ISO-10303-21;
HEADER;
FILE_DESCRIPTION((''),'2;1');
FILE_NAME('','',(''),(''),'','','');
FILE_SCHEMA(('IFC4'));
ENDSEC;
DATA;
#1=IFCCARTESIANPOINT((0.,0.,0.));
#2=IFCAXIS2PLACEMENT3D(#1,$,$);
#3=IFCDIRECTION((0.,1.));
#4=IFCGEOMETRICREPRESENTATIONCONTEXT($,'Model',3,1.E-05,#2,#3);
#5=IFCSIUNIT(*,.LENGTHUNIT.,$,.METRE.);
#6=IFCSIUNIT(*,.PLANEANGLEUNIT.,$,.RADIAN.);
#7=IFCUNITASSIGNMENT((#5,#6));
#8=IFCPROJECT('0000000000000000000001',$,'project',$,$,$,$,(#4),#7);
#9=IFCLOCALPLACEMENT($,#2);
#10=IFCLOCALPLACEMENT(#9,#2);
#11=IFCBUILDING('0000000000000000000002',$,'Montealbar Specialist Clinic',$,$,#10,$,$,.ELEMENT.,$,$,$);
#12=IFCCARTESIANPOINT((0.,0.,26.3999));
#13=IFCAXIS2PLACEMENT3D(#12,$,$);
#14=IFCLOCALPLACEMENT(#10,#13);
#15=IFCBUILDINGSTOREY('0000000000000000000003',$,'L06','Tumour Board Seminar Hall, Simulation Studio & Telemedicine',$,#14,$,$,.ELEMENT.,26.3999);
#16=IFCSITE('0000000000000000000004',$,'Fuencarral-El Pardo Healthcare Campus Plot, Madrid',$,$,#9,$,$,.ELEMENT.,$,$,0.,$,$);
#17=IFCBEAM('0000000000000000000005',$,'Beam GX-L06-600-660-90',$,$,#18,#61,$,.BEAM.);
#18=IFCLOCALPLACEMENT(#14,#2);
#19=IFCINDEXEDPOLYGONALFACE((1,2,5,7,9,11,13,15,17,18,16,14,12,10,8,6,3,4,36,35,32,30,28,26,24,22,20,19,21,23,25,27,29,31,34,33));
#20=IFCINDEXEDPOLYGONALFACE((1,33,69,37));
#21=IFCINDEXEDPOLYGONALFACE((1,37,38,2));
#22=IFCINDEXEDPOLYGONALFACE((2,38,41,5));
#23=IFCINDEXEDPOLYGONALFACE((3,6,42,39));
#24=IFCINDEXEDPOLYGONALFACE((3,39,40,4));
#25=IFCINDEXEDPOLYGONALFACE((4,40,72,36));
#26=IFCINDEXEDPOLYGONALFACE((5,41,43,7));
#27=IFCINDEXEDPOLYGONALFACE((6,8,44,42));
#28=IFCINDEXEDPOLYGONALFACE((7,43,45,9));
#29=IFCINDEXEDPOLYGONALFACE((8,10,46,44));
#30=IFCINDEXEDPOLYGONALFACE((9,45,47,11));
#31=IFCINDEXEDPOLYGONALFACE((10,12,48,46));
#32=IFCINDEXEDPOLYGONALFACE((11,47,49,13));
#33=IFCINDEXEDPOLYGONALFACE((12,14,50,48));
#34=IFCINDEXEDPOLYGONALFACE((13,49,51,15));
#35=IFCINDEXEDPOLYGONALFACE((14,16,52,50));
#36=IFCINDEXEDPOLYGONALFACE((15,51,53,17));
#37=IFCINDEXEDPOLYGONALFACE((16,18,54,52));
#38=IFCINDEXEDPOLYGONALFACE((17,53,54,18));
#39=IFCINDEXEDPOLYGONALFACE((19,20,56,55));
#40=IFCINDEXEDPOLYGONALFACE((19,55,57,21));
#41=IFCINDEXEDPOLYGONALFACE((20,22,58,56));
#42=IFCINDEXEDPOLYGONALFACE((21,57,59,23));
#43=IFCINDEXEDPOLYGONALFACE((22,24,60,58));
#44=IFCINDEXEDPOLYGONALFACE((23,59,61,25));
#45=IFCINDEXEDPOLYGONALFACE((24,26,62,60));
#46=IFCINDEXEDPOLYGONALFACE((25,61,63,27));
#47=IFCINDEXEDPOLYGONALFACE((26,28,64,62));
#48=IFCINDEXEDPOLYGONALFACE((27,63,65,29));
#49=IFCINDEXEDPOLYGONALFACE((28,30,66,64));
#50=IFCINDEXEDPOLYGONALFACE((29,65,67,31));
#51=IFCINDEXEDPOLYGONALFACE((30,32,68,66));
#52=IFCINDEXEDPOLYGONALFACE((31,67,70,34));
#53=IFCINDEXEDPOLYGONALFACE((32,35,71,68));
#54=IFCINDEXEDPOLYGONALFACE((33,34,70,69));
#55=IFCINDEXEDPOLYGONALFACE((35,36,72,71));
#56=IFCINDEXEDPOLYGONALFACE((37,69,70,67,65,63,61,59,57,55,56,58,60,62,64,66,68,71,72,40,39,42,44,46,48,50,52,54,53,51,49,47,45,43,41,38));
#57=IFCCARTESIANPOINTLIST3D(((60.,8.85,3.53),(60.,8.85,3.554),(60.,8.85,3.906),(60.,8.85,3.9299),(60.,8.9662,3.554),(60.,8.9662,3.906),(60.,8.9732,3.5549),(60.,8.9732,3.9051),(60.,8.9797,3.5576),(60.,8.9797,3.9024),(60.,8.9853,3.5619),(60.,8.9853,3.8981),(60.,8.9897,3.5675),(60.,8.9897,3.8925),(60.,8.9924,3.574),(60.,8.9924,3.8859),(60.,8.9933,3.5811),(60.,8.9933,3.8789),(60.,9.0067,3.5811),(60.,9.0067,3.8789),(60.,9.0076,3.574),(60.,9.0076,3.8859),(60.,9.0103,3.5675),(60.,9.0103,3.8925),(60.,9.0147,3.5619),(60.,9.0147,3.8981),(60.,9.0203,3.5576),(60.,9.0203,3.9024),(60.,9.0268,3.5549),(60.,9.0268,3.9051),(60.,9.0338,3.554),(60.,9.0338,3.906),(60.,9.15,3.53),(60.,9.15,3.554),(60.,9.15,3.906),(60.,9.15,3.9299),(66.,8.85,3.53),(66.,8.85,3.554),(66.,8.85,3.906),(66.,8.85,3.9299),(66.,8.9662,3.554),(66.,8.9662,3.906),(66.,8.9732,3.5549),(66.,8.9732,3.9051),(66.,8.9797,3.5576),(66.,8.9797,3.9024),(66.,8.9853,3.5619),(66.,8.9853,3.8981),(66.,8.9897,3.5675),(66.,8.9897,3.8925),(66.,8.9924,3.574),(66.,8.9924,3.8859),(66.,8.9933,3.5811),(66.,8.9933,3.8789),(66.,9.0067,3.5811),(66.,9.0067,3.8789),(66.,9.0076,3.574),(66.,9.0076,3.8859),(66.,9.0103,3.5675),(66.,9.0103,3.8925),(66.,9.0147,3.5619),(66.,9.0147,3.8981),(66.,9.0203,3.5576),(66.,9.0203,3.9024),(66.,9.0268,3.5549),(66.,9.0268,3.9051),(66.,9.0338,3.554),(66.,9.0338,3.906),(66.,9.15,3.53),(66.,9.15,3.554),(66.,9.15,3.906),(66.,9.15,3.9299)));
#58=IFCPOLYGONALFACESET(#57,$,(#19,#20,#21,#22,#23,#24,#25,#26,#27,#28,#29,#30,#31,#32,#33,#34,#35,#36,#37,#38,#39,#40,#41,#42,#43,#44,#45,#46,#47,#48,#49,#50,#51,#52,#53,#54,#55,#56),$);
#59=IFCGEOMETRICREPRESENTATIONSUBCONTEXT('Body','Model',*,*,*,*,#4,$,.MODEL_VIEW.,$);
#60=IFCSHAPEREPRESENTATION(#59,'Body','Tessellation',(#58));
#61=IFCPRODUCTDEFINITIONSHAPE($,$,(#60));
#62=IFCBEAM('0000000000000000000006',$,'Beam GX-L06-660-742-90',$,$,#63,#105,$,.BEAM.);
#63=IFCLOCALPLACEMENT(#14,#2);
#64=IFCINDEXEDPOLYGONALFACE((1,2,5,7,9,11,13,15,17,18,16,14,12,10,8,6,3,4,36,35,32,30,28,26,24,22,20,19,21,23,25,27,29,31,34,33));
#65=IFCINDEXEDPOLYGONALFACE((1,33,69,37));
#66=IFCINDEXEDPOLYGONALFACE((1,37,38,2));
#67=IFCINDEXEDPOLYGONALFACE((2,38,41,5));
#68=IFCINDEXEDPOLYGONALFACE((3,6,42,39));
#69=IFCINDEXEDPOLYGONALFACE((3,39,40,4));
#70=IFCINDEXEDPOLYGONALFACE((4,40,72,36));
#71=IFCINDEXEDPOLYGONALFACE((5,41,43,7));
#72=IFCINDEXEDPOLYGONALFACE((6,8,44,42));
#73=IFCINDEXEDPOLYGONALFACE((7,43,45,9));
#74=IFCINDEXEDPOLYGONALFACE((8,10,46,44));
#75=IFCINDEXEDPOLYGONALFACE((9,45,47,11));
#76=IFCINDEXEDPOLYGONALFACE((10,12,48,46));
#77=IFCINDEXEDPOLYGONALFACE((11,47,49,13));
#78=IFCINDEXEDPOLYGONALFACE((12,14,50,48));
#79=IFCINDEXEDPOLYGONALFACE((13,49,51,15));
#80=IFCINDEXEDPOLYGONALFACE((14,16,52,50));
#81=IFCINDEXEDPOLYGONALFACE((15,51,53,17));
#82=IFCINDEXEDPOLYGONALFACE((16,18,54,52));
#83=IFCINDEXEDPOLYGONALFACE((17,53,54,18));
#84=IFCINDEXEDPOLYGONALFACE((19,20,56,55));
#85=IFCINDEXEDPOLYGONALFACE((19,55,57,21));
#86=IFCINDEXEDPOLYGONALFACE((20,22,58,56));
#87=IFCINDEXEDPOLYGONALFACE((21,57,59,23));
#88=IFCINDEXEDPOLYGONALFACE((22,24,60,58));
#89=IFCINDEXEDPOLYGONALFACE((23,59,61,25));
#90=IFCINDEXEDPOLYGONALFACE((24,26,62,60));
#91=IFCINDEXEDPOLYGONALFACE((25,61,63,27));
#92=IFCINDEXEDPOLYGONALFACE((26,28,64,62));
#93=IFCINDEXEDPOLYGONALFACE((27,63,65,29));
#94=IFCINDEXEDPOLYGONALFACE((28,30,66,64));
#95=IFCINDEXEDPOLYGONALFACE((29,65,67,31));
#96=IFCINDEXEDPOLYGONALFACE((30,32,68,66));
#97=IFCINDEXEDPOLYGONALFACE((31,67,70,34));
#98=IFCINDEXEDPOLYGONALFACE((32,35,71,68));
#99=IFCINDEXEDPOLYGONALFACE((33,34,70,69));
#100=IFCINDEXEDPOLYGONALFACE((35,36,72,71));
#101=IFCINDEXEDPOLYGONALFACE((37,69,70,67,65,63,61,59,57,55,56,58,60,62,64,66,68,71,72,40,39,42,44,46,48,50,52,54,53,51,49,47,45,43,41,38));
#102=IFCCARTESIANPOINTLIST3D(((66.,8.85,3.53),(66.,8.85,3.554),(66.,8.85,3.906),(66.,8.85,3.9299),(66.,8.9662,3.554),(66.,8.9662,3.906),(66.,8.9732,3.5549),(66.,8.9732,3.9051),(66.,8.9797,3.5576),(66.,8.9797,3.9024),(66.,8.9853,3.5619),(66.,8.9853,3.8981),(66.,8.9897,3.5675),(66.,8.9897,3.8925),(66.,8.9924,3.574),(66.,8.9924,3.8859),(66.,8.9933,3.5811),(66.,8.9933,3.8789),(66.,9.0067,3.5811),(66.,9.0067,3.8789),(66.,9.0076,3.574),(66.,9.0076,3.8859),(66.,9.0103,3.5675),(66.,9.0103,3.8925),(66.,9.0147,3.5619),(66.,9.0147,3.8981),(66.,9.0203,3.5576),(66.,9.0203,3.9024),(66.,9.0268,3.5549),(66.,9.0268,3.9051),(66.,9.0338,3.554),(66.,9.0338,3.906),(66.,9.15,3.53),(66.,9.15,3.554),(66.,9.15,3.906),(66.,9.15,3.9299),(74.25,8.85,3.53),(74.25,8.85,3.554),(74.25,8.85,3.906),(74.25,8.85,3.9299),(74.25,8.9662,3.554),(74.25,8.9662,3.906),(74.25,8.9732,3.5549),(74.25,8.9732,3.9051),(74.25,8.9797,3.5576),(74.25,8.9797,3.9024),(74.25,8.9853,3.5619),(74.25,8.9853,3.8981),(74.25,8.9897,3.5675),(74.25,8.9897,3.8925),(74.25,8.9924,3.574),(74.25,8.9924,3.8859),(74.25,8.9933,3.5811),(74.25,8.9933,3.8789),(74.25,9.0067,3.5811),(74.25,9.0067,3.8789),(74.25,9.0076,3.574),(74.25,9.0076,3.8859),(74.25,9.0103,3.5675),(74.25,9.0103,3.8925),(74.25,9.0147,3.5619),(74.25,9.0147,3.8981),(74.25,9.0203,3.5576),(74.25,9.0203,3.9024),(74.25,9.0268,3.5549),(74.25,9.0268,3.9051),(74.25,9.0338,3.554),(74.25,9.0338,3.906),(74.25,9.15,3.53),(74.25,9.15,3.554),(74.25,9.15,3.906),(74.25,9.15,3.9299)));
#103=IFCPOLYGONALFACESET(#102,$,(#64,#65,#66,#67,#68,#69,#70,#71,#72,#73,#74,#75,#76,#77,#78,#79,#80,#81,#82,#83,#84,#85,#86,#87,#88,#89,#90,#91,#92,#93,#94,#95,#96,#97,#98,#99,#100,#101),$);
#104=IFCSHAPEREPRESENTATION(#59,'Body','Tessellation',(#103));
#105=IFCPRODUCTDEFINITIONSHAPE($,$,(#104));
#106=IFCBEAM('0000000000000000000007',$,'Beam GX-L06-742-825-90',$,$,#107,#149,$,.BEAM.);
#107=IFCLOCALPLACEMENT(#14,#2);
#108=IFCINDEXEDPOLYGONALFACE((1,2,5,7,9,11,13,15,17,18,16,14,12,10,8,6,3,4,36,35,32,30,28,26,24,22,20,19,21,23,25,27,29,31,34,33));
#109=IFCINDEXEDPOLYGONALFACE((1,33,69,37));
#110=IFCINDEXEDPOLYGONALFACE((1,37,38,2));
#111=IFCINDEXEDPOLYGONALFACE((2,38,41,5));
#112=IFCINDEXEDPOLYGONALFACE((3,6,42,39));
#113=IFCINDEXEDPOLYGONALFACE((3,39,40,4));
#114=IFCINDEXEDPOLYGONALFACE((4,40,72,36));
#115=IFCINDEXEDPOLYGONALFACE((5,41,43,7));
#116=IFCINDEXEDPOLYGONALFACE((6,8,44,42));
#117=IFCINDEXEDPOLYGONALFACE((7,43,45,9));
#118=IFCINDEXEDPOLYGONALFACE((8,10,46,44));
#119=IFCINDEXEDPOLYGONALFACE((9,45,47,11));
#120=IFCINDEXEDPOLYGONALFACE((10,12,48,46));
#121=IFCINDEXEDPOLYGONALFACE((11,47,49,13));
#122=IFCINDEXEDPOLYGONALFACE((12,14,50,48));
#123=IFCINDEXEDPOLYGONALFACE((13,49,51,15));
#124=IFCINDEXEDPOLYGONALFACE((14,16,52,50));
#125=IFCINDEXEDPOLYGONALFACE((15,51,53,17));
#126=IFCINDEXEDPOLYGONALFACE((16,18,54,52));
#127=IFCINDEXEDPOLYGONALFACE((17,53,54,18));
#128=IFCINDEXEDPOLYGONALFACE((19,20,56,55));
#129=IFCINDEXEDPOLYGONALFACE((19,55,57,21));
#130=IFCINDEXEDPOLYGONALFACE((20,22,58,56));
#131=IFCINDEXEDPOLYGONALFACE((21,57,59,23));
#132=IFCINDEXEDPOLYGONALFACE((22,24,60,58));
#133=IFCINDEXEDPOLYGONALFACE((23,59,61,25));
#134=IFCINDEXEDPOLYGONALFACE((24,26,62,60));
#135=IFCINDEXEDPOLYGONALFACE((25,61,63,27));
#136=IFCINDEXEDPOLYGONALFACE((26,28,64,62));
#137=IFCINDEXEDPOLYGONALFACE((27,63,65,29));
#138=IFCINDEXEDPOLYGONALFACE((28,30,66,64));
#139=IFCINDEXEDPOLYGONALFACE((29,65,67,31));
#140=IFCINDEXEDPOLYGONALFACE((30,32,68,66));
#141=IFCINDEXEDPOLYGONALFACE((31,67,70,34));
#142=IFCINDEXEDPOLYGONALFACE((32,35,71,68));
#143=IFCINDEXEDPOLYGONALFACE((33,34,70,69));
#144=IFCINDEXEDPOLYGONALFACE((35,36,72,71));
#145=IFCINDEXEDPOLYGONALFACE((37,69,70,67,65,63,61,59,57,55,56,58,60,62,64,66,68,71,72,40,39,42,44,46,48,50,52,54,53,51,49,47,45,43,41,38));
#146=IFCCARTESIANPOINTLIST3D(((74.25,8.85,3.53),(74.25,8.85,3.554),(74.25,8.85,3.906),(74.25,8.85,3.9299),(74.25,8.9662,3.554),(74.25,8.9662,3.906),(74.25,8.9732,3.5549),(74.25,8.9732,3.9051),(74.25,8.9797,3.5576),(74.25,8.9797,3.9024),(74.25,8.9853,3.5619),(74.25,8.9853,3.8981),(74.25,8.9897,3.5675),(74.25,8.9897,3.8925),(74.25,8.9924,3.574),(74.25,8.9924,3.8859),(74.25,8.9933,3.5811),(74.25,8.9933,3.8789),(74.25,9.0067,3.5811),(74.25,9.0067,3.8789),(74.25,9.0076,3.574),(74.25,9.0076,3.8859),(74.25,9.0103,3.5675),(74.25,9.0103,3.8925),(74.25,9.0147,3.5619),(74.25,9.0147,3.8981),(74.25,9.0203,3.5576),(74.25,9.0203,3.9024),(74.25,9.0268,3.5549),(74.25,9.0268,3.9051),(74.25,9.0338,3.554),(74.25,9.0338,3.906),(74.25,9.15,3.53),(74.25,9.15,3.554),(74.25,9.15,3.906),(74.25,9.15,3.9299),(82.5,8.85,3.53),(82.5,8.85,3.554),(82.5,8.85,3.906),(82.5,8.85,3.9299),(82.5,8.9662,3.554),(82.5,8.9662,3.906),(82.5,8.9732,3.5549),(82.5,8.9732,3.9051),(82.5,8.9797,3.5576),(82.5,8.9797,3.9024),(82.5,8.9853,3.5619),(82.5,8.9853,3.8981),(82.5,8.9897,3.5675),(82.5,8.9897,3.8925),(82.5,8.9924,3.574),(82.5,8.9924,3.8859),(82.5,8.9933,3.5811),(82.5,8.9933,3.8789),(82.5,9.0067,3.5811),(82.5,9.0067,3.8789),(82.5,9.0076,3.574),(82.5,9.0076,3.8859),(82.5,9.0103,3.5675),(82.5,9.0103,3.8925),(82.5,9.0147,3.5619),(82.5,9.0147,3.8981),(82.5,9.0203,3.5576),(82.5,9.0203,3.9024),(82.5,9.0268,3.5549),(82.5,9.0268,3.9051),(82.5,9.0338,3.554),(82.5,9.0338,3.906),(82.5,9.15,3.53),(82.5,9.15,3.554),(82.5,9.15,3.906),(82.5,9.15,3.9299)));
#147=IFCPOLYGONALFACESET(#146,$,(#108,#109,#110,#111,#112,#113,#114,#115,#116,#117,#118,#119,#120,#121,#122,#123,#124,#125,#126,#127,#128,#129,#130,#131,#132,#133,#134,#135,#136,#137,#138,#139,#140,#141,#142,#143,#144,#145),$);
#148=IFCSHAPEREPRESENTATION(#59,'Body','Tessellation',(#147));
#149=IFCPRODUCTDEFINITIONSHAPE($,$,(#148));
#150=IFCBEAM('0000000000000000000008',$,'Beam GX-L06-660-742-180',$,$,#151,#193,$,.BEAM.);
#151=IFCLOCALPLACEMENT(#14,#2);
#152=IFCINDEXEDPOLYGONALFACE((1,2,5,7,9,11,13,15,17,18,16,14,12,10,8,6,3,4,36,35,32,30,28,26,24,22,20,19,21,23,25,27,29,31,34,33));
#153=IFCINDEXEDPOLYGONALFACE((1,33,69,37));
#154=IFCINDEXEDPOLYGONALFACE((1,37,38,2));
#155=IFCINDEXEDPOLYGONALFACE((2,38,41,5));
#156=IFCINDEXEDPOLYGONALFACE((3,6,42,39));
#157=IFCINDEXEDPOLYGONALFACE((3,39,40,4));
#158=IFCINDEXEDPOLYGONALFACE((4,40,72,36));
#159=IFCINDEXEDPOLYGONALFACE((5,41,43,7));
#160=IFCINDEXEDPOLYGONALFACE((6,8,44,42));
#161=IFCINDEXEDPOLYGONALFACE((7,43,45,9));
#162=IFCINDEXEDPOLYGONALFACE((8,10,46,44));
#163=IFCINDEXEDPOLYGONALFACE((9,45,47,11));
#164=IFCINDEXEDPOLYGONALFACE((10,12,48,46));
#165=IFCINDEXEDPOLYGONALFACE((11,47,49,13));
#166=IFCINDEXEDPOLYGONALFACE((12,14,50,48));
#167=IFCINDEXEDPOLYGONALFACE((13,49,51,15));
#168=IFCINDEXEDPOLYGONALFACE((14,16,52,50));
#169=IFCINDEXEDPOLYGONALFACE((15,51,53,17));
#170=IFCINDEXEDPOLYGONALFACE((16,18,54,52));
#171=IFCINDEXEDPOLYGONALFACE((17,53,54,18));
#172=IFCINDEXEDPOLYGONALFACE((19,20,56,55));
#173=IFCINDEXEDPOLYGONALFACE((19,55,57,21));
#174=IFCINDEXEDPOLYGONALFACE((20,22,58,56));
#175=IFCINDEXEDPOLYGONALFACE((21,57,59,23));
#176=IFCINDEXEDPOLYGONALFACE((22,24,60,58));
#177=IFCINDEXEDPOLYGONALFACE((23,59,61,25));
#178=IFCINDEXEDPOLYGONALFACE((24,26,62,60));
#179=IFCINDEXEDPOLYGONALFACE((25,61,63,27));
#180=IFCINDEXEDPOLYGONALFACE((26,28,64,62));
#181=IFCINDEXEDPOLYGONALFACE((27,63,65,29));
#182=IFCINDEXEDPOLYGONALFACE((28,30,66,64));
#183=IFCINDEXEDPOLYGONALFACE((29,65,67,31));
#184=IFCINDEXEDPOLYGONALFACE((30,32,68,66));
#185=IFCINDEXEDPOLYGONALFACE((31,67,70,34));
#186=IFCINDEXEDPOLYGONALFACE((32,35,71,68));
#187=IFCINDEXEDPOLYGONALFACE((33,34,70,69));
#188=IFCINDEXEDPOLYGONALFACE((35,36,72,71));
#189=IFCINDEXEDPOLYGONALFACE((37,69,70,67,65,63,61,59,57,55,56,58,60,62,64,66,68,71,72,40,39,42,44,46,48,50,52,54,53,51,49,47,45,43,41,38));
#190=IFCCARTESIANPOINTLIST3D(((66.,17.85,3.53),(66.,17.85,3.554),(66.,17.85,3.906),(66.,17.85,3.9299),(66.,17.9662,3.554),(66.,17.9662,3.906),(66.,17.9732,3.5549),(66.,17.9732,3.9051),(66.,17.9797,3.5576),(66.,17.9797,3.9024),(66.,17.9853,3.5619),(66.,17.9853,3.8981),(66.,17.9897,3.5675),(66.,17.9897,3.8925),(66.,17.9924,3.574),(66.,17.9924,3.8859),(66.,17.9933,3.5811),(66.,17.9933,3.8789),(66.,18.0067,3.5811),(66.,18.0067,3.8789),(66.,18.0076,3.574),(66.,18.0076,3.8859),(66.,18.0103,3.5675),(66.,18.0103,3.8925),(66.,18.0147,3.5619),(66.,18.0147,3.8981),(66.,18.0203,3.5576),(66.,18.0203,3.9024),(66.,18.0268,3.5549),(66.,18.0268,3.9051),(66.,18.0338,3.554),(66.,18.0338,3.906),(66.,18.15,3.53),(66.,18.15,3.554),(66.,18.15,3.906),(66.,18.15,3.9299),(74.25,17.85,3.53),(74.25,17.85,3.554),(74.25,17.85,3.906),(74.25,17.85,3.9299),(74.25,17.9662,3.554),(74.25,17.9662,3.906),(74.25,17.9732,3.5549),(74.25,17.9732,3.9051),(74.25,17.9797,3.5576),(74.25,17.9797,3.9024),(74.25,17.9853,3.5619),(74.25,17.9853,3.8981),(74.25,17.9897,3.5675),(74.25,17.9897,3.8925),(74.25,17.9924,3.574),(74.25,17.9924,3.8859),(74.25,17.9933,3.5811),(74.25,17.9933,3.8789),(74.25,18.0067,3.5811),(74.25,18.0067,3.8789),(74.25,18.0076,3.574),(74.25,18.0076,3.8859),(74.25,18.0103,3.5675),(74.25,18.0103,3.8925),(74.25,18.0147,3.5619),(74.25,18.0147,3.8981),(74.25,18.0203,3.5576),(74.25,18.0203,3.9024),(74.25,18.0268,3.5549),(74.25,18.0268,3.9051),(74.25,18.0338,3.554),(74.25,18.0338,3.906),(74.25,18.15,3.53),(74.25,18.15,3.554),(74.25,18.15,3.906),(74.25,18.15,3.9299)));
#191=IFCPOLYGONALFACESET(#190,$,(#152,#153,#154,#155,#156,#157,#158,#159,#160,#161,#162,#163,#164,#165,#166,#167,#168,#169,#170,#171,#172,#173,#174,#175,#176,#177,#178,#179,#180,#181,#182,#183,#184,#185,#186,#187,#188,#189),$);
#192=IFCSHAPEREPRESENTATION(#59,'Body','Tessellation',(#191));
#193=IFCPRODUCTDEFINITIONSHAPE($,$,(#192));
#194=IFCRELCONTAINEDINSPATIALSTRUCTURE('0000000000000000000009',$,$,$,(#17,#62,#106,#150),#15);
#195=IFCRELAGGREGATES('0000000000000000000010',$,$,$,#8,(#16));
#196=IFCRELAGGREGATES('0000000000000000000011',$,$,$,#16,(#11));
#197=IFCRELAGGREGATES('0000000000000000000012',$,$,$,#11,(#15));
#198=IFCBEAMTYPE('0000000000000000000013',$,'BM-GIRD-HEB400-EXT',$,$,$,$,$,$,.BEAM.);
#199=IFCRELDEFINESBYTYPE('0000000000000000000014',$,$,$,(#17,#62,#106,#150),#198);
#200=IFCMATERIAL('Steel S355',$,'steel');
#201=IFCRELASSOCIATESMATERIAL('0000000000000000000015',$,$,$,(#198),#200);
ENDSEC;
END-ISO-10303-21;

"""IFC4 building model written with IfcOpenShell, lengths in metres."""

from ifc_helpers import new_model, si_unit, direction, frame, origin, origin_2d, place, context, subcontext, project, spatial, i_section, extrude, material, material_profile, profile_set, type_object, element, save


model = new_model("IFC4")

# Units and contexts
model_context = context("Model", 3, precision=1e-05, world=origin(), true_north=direction((0.0, 1.0)))
body_context = subcontext(model_context, "Body", "Model", "MODEL_VIEW")
ifc_project = project(units=[si_unit("LENGTHUNIT", "METRE"), si_unit("PLANEANGLEUNIT", "RADIAN")], contexts=[model_context])

# Site, building, storey
site_placement = place(None, origin())
site = spatial("IfcSite", under=ifc_project, at=site_placement, Name="Fuencarral-El Pardo Healthcare Campus Plot, Madrid", CompositionType="ELEMENT", RefElevation=0.0)
building_placement = place(site_placement, origin())
building = spatial("IfcBuilding", under=site, at=building_placement, Name="Montealbar Specialist Clinic", CompositionType="ELEMENT")
storey_placement = place(building_placement, frame((0.0, 0.0, 26.3999)))
storey = spatial("IfcBuildingStorey", under=building, at=storey_placement, Name="L06", Description="Tumour Board Seminar Hall, Simulation Studio & Telemedicine", CompositionType="ELEMENT", Elevation=26.3999)

# Shared definitions
ifc_material_1 = material(Name="Steel S355", Category="steel")

# Beams
ifc_material_profile_1 = material_profile(ifc_material_1, i_section(OverallWidth=0.3, OverallDepth=0.3999, WebThickness=0.0134, FlangeThickness=0.0239, FilletRadius=0.0271, at=origin_2d()), Name="HEB 400", Category="steel")
ifc_profile_set_1 = profile_set([ifc_material_profile_1], Name="Steel S355")
beam_type_1 = type_object("IfcBeamType", Name="BM-GIRD-HEB400-EXT", PredefinedType="BEAM", material=ifc_profile_set_1)
beam_1_placement = place(storey_placement, frame((60.0, 9.0, 3.73), z_axis=(1.0, 0.0, 0.0), x_axis=(0.0, 1.0, 0.0)))
element("IfcBeam", 1, at=beam_1_placement, inside=storey, type_object=beam_type_1, Name="Beam GX-L06-600-660-90", PredefinedType="BEAM", context=body_context, shape_type="SweptSolid", body=[
    extrude(i_section(OverallWidth=0.3, OverallDepth=0.3999, WebThickness=0.0134, FlangeThickness=0.0239, FilletRadius=0.0271, at=origin_2d()), origin(), (0.0, 0.0, 1.0), 6.0),
])
for number, where, z_axis, x_axis, name in (
    (2, (66.0, 9.0, 3.73), (1.0, 0.0, 0.0), (0.0, 1.0, 0.0), "Beam GX-L06-660-742-90"),
    (3, (74.25, 9.0, 3.73), (1.0, 0.0, 0.0), (0.0, 1.0, 0.0), "Beam GX-L06-742-825-90"),
    (4, (66.0, 18.0, 3.73), (1.0, 0.0, 0.0), (0.0, 1.0, 0.0), "Beam GX-L06-660-742-180"),
):
    element("IfcBeam", number, at=place(storey_placement, frame(where, z_axis=z_axis, x_axis=x_axis)), inside=storey, type_object=beam_type_1, Name=name, PredefinedType="BEAM", context=body_context, shape_type="SweptSolid", body=[
        extrude(i_section(OverallWidth=0.3, OverallDepth=0.3999, WebThickness=0.0134, FlangeThickness=0.0239, FilletRadius=0.0271, at=origin_2d()), origin(), (0.0, 0.0, 1.0), 8.25),
    ])

save(model, "model.ifc")
